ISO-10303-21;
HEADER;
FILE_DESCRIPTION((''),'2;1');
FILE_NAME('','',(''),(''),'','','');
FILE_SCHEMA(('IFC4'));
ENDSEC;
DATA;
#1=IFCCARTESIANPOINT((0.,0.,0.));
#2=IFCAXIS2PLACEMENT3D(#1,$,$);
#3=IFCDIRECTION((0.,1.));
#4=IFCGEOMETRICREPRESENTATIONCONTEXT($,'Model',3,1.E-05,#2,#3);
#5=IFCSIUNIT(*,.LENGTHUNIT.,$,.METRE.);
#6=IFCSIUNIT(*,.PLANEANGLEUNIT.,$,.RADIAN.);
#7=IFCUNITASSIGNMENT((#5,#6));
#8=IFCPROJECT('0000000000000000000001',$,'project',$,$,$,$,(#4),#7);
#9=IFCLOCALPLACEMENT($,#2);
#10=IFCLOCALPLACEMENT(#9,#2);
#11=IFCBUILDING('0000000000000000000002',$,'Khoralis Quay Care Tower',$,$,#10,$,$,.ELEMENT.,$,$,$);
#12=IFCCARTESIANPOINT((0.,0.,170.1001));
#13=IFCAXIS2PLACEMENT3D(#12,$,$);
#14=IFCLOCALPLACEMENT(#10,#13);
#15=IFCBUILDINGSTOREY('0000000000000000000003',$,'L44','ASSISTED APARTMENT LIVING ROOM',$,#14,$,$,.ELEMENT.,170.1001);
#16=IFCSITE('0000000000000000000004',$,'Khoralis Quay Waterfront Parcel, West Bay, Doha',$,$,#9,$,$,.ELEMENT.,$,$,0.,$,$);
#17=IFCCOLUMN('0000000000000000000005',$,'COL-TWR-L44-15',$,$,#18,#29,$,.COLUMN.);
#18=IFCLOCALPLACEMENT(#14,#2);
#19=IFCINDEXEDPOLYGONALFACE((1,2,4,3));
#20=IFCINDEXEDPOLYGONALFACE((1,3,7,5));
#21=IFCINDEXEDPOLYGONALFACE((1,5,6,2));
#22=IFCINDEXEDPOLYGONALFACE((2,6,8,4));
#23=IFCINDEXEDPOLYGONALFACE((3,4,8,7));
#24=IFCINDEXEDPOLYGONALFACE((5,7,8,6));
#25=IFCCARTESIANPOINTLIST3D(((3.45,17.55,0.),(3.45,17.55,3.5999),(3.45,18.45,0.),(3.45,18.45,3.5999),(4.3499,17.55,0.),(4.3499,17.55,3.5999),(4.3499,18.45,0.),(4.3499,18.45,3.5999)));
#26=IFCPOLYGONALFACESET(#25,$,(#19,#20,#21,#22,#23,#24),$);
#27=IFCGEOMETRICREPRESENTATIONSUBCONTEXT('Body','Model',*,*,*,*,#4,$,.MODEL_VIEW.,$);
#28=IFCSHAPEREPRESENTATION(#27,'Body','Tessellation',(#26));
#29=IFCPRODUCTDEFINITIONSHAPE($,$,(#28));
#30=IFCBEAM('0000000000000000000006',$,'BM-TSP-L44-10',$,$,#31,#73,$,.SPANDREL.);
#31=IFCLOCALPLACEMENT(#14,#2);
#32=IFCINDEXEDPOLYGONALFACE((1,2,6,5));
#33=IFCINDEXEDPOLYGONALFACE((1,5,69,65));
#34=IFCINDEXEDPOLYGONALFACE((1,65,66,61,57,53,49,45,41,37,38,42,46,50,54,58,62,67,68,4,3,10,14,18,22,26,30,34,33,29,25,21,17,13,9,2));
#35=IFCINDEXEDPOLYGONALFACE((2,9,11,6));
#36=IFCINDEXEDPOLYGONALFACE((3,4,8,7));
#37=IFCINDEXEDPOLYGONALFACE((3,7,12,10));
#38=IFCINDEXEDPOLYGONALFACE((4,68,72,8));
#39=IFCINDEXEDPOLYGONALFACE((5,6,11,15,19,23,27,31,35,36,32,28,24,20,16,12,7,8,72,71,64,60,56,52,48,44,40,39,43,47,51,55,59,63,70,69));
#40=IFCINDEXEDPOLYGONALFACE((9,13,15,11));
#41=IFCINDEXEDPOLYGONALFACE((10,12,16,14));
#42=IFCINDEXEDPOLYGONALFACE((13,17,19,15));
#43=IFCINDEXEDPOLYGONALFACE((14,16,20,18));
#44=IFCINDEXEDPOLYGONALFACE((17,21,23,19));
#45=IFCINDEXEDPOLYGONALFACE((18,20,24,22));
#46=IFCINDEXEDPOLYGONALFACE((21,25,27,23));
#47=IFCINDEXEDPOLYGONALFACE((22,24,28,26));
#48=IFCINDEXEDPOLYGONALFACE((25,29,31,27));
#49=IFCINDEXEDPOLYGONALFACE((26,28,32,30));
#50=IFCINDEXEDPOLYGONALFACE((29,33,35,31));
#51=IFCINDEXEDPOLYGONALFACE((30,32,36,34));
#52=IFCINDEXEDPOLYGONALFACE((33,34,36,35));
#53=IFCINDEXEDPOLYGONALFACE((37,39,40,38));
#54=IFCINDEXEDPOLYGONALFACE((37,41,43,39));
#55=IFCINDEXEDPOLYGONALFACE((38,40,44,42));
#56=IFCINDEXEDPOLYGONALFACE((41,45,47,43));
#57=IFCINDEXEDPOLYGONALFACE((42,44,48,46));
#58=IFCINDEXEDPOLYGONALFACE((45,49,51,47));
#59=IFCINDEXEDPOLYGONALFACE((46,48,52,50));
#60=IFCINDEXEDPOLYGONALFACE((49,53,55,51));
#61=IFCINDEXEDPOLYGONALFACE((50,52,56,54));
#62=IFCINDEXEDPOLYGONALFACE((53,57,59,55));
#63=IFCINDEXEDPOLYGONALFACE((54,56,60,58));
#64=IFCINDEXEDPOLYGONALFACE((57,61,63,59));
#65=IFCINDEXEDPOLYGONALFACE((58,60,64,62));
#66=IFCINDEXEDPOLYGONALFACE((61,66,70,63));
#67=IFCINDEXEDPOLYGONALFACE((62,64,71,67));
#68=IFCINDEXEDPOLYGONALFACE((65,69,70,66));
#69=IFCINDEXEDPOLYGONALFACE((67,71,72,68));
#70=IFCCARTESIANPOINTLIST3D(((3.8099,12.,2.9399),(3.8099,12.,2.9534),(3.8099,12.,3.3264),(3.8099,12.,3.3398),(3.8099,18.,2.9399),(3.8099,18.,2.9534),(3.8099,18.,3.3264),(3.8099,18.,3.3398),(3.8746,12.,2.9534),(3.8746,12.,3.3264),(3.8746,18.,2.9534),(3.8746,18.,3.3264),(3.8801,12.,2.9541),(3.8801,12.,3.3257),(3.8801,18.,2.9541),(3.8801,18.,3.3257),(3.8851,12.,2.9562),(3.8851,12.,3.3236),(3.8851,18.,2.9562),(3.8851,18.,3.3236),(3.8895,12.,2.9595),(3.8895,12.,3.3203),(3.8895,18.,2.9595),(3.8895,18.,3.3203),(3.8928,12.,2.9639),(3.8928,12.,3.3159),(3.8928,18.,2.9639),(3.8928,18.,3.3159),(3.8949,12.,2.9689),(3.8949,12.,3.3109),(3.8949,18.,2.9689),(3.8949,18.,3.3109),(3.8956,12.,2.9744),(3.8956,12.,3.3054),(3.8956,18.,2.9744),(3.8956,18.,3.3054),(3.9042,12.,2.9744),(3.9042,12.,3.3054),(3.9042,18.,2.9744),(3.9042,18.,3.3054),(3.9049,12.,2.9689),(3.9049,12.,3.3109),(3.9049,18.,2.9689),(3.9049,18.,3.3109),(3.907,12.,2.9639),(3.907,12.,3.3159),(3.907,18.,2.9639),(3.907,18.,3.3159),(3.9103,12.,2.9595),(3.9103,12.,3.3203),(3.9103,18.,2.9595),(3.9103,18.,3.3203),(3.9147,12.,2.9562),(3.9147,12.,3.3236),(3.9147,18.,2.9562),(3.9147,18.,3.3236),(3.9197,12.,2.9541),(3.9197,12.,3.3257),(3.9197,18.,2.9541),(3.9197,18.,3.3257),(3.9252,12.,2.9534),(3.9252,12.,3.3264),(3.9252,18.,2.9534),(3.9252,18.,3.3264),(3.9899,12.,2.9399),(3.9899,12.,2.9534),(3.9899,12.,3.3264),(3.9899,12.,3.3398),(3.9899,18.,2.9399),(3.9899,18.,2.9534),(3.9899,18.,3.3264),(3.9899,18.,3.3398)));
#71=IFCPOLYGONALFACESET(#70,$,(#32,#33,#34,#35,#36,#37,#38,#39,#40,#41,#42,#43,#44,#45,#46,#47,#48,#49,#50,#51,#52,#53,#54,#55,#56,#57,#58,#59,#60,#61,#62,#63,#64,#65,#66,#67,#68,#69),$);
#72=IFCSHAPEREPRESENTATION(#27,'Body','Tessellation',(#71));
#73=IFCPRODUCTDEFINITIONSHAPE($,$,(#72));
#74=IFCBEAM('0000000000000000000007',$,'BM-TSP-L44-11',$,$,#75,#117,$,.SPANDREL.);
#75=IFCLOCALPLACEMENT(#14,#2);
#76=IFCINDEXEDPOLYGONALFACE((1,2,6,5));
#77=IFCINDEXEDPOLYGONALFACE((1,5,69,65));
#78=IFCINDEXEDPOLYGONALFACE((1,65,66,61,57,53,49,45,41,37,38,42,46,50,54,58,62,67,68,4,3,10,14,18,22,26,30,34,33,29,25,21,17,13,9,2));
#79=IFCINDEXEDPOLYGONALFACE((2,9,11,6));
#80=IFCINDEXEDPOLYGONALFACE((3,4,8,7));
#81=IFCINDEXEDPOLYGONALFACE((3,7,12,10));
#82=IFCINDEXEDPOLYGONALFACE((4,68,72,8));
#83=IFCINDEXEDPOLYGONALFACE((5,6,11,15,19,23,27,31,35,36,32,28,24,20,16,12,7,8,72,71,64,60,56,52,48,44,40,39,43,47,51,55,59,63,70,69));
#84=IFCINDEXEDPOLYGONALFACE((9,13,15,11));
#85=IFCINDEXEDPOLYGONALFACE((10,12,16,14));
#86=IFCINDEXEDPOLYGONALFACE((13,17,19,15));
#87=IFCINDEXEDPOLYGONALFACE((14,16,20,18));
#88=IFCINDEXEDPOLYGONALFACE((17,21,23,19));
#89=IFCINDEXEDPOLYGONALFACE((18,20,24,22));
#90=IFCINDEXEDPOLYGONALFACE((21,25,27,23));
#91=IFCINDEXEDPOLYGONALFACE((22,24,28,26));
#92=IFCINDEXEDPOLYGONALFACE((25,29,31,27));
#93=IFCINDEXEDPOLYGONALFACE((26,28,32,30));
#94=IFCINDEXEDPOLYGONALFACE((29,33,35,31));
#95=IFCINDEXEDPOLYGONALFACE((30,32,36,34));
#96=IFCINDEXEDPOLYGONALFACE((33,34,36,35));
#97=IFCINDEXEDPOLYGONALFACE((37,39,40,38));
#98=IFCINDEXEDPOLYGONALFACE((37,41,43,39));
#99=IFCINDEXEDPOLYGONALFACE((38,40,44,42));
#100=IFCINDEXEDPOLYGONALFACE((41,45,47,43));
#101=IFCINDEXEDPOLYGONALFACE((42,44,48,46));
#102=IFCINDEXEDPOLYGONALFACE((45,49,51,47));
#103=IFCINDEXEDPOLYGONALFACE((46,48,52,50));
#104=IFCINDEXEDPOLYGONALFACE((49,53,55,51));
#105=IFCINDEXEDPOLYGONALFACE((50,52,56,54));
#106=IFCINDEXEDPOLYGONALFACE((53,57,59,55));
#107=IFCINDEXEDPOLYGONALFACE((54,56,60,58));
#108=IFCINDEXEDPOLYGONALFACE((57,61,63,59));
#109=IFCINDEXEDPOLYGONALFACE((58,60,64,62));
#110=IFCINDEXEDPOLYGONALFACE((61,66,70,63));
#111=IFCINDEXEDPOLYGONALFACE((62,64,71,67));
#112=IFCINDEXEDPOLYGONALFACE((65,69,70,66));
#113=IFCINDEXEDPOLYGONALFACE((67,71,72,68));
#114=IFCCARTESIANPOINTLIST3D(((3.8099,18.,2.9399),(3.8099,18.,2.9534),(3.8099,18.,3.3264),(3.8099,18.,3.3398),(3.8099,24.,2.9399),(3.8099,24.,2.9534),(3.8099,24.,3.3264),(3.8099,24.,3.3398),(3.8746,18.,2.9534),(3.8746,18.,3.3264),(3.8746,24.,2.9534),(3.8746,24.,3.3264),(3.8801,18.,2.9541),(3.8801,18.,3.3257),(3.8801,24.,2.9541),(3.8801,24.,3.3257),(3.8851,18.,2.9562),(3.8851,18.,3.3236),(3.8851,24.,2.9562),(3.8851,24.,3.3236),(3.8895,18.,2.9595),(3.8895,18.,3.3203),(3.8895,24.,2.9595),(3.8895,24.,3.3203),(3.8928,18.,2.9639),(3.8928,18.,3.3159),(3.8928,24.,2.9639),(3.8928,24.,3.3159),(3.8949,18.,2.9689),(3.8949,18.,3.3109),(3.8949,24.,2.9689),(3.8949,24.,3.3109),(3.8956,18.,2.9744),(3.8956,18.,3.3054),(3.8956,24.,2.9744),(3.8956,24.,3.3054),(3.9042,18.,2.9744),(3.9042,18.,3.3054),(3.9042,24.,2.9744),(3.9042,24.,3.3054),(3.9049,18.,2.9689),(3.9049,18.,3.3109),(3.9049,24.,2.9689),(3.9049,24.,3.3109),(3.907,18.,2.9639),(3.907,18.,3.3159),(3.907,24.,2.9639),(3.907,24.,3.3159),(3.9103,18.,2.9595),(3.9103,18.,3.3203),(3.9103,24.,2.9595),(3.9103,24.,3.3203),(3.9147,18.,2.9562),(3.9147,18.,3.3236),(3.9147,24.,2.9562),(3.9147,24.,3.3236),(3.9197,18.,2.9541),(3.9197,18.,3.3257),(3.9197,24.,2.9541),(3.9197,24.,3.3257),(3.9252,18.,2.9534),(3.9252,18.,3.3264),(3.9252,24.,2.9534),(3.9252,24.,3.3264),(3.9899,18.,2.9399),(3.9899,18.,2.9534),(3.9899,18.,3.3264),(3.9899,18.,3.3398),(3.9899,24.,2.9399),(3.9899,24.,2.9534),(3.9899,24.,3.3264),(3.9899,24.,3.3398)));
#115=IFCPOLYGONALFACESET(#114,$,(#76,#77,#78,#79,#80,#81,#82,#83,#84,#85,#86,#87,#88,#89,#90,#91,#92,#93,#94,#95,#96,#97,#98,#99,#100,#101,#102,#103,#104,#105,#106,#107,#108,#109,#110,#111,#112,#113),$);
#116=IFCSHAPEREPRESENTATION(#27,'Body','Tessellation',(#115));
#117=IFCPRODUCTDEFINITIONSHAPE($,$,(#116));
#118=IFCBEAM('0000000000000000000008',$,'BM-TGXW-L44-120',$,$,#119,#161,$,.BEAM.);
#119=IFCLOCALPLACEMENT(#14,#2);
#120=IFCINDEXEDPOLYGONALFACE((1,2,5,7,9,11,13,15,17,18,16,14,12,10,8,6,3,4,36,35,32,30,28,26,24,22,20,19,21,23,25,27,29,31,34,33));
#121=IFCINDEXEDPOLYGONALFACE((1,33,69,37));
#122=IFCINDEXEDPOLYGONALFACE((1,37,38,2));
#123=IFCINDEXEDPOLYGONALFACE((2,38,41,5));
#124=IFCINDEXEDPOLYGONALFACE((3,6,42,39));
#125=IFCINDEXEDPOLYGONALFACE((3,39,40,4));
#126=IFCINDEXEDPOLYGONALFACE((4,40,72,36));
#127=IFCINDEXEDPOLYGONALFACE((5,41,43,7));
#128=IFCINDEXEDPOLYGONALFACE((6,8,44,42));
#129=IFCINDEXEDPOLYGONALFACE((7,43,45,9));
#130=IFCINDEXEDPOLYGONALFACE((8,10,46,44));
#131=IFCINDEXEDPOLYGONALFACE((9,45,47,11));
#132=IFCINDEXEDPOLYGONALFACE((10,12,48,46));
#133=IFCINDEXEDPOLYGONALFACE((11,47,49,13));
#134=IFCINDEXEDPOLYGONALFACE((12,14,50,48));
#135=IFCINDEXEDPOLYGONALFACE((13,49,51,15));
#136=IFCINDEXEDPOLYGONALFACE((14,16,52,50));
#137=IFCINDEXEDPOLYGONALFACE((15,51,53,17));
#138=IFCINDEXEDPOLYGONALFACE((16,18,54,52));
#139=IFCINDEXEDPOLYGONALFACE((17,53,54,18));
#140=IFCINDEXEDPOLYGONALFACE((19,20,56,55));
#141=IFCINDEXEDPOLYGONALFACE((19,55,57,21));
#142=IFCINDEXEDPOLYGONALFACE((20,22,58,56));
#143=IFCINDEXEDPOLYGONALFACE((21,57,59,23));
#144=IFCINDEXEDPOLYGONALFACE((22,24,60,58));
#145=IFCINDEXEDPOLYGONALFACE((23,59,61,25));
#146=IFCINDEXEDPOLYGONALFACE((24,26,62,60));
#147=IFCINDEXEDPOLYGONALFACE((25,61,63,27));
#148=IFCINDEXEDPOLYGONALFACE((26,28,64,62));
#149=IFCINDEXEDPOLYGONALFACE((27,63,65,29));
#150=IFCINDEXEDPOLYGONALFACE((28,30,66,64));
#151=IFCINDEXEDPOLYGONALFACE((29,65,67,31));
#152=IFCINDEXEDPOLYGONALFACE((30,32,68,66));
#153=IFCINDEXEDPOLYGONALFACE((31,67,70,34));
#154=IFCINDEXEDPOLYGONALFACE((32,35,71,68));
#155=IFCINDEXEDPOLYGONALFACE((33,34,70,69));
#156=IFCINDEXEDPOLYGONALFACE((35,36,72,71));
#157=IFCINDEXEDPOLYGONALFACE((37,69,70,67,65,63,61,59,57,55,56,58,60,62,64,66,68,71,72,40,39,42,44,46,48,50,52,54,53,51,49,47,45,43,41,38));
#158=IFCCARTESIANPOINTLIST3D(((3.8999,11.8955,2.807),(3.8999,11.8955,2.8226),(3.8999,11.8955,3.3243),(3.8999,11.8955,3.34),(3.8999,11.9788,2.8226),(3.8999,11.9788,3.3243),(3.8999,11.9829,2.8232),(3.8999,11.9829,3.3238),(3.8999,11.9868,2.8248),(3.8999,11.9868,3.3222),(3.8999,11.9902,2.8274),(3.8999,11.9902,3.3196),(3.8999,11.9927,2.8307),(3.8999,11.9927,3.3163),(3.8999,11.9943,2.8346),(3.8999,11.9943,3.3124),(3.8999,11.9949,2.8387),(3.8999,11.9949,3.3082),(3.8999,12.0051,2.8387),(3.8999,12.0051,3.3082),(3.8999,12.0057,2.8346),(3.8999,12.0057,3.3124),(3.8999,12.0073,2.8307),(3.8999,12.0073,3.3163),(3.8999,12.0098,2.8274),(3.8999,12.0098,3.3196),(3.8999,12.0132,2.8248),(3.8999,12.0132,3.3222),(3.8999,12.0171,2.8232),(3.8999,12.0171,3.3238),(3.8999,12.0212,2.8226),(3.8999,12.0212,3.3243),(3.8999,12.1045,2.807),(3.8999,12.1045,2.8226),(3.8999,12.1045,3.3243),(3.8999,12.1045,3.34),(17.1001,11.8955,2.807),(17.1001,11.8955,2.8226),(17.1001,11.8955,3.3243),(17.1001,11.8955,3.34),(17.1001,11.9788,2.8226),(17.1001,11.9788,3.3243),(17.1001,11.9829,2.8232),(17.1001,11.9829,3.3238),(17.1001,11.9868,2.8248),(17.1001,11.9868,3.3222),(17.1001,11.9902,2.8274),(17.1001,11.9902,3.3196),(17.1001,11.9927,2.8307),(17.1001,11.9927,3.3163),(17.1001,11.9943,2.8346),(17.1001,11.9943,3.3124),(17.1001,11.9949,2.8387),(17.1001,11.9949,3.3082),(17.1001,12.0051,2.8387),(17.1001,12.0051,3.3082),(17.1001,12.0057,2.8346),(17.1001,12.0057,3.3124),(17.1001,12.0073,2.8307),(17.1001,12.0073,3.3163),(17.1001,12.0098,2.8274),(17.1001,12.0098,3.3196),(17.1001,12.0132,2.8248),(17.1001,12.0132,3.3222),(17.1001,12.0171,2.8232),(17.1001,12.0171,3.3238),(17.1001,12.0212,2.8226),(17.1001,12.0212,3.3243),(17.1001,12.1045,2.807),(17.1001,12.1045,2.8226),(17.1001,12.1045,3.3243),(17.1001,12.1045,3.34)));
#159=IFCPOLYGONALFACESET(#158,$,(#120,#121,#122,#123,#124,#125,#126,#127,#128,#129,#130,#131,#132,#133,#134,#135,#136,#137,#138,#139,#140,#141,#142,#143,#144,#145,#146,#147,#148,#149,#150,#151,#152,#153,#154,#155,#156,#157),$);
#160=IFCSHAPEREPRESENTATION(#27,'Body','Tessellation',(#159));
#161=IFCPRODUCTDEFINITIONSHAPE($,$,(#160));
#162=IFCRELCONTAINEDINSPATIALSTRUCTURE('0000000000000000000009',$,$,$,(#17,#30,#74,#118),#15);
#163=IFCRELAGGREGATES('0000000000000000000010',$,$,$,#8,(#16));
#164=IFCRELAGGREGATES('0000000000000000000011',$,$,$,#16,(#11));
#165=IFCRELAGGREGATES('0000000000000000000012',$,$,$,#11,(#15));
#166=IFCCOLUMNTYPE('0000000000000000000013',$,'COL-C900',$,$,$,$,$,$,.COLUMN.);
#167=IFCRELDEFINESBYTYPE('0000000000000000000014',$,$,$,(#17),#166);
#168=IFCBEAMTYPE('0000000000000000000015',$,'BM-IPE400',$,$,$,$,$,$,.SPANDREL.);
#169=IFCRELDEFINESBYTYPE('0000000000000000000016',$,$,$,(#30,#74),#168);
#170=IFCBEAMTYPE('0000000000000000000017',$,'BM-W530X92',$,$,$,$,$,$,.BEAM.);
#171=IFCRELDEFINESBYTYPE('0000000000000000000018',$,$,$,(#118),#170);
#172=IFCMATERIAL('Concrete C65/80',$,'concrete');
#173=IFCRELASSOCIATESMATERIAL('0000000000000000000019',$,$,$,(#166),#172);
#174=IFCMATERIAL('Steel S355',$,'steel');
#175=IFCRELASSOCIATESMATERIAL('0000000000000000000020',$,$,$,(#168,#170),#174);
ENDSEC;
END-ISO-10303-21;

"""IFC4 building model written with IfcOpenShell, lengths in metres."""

from ifc_helpers import new_model, si_unit, direction, frame, origin, origin_2d, place, context, subcontext, project, spatial, rectangle, i_section, extrude, source, transform, mapped, material, material_profile, profile_set, type_object, element, save


model = new_model("IFC4")

# Units and contexts
model_context = context("Model", 3, precision=1e-05, world=origin(), true_north=direction((0.0, 1.0)))
body_context = subcontext(model_context, "Body", "Model", "MODEL_VIEW")
ifc_project = project(units=[si_unit("LENGTHUNIT", "METRE"), si_unit("PLANEANGLEUNIT", "RADIAN")], contexts=[model_context])

# Site, building, storey
site_placement = place(None, origin())
site = spatial("IfcSite", under=ifc_project, at=site_placement, Name="Khoralis Quay Waterfront Parcel, West Bay, Doha", CompositionType="ELEMENT", RefElevation=0.0)
building_placement = place(site_placement, origin())
building = spatial("IfcBuilding", under=site, at=building_placement, Name="Khoralis Quay Care Tower", CompositionType="ELEMENT")
storey_placement = place(building_placement, frame((0.0, 0.0, 170.1001)))
storey = spatial("IfcBuildingStorey", under=building, at=storey_placement, Name="L44", Description="ASSISTED APARTMENT LIVING ROOM", CompositionType="ELEMENT", Elevation=170.1001)

# Column
ifc_material_1 = material(Name="Concrete C65/80", Category="concrete")
ifc_material_profile_1 = material_profile(ifc_material_1, rectangle(XDim=0.8999, YDim=0.8999, at=origin_2d()), Name="Concrete C65/80")
ifc_profile_set_1 = profile_set([ifc_material_profile_1], Name="Concrete C65/80")
column_type = type_object("IfcColumnType", Name="COL-C900", PredefinedType="COLUMN", material=ifc_profile_set_1)
shared_shape_1 = source(origin(), body_context, "Body", "SweptSolid", [
    extrude(rectangle(XDim=0.8999, YDim=0.8999, at=origin_2d()), origin(), (0.0, 0.0, 1.0), 3.5999),
])
column_placement = place(storey_placement, frame((3.8999, 18.0, 0.0), z_axis=(0.0, 0.0, 1.0), x_axis=(1.0, 0.0, 0.0)))
element("IfcColumn", 1, at=column_placement, inside=storey, type_object=column_type, Name="COL-TWR-L44-15", PredefinedType="COLUMN", context=body_context, shape_type="MappedRepresentation", body=[
    mapped(shared_shape_1, transform((0.0, 0.0, 0.0), scale=1.0)),
])

# Beams
ifc_material_2 = material(Name="Steel S355", Category="steel")
ifc_material_profile_2 = material_profile(ifc_material_2, i_section(OverallWidth=0.1799, OverallDepth=0.3999, WebThickness=0.0085, FlangeThickness=0.0134, FilletRadius=0.021, at=origin_2d()), Name="Steel S355")
ifc_profile_set_2 = profile_set([ifc_material_profile_2], Name="Steel S355")
beam_type_1 = type_object("IfcBeamType", Name="BM-IPE400", PredefinedType="SPANDREL", material=ifc_profile_set_2)
shared_shape_2 = source(origin(), body_context, "Body", "SweptSolid", [
    extrude(i_section(OverallWidth=0.1799, OverallDepth=0.3999, WebThickness=0.0085, FlangeThickness=0.0134, FilletRadius=0.021, at=origin_2d()), origin(), (0.0, 0.0, 1.0), 6.0),
])
for number, where, z_axis, x_axis, name in (
    (2, (3.8999, 12.0, 3.1399), (0.0, 1.0, 0.0), (-1.0, 0.0, 0.0), "BM-TSP-L44-10"),
    (3, (3.8999, 18.0, 3.1399), (0.0, 1.0, 0.0), (-1.0, 0.0, 0.0), "BM-TSP-L44-11"),
):
    element("IfcBeam", number, at=place(storey_placement, frame(where, z_axis=z_axis, x_axis=x_axis)), inside=storey, type_object=beam_type_1, Name=name, PredefinedType="SPANDREL", context=body_context, shape_type="MappedRepresentation", body=[
        mapped(shared_shape_2, transform((0.0, 0.0, 0.0), scale=1.0)),
    ])
ifc_material_profile_3 = material_profile(ifc_material_2, i_section(OverallWidth=0.209, OverallDepth=0.533, WebThickness=0.0103, FlangeThickness=0.0156, FilletRadius=0.0161, at=origin_2d()), Name="Steel S355")
ifc_profile_set_3 = profile_set([ifc_material_profile_3], Name="Steel S355")
beam_type_2 = type_object("IfcBeamType", Name="BM-W530X92", PredefinedType="BEAM", material=ifc_profile_set_3)
shared_shape_3 = source(origin(), body_context, "Body", "SweptSolid", [
    extrude(i_section(OverallWidth=0.209, OverallDepth=0.533, WebThickness=0.0103, FlangeThickness=0.0156, FilletRadius=0.0161, at=origin_2d()), origin(), (0.0, 0.0, 1.0), 13.2002),
])
beam_1_placement = place(storey_placement, frame((3.8999, 12.0, 3.0735), z_axis=(1.0, 0.0, 0.0), x_axis=(0.0, 1.0, 0.0)))
element("IfcBeam", 4, at=beam_1_placement, inside=storey, type_object=beam_type_2, Name="BM-TGXW-L44-120", PredefinedType="BEAM", context=body_context, shape_type="MappedRepresentation", body=[
    mapped(shared_shape_3, transform((0.0, 0.0, 0.0), scale=1.0)),
])

save(model, "model.ifc")
